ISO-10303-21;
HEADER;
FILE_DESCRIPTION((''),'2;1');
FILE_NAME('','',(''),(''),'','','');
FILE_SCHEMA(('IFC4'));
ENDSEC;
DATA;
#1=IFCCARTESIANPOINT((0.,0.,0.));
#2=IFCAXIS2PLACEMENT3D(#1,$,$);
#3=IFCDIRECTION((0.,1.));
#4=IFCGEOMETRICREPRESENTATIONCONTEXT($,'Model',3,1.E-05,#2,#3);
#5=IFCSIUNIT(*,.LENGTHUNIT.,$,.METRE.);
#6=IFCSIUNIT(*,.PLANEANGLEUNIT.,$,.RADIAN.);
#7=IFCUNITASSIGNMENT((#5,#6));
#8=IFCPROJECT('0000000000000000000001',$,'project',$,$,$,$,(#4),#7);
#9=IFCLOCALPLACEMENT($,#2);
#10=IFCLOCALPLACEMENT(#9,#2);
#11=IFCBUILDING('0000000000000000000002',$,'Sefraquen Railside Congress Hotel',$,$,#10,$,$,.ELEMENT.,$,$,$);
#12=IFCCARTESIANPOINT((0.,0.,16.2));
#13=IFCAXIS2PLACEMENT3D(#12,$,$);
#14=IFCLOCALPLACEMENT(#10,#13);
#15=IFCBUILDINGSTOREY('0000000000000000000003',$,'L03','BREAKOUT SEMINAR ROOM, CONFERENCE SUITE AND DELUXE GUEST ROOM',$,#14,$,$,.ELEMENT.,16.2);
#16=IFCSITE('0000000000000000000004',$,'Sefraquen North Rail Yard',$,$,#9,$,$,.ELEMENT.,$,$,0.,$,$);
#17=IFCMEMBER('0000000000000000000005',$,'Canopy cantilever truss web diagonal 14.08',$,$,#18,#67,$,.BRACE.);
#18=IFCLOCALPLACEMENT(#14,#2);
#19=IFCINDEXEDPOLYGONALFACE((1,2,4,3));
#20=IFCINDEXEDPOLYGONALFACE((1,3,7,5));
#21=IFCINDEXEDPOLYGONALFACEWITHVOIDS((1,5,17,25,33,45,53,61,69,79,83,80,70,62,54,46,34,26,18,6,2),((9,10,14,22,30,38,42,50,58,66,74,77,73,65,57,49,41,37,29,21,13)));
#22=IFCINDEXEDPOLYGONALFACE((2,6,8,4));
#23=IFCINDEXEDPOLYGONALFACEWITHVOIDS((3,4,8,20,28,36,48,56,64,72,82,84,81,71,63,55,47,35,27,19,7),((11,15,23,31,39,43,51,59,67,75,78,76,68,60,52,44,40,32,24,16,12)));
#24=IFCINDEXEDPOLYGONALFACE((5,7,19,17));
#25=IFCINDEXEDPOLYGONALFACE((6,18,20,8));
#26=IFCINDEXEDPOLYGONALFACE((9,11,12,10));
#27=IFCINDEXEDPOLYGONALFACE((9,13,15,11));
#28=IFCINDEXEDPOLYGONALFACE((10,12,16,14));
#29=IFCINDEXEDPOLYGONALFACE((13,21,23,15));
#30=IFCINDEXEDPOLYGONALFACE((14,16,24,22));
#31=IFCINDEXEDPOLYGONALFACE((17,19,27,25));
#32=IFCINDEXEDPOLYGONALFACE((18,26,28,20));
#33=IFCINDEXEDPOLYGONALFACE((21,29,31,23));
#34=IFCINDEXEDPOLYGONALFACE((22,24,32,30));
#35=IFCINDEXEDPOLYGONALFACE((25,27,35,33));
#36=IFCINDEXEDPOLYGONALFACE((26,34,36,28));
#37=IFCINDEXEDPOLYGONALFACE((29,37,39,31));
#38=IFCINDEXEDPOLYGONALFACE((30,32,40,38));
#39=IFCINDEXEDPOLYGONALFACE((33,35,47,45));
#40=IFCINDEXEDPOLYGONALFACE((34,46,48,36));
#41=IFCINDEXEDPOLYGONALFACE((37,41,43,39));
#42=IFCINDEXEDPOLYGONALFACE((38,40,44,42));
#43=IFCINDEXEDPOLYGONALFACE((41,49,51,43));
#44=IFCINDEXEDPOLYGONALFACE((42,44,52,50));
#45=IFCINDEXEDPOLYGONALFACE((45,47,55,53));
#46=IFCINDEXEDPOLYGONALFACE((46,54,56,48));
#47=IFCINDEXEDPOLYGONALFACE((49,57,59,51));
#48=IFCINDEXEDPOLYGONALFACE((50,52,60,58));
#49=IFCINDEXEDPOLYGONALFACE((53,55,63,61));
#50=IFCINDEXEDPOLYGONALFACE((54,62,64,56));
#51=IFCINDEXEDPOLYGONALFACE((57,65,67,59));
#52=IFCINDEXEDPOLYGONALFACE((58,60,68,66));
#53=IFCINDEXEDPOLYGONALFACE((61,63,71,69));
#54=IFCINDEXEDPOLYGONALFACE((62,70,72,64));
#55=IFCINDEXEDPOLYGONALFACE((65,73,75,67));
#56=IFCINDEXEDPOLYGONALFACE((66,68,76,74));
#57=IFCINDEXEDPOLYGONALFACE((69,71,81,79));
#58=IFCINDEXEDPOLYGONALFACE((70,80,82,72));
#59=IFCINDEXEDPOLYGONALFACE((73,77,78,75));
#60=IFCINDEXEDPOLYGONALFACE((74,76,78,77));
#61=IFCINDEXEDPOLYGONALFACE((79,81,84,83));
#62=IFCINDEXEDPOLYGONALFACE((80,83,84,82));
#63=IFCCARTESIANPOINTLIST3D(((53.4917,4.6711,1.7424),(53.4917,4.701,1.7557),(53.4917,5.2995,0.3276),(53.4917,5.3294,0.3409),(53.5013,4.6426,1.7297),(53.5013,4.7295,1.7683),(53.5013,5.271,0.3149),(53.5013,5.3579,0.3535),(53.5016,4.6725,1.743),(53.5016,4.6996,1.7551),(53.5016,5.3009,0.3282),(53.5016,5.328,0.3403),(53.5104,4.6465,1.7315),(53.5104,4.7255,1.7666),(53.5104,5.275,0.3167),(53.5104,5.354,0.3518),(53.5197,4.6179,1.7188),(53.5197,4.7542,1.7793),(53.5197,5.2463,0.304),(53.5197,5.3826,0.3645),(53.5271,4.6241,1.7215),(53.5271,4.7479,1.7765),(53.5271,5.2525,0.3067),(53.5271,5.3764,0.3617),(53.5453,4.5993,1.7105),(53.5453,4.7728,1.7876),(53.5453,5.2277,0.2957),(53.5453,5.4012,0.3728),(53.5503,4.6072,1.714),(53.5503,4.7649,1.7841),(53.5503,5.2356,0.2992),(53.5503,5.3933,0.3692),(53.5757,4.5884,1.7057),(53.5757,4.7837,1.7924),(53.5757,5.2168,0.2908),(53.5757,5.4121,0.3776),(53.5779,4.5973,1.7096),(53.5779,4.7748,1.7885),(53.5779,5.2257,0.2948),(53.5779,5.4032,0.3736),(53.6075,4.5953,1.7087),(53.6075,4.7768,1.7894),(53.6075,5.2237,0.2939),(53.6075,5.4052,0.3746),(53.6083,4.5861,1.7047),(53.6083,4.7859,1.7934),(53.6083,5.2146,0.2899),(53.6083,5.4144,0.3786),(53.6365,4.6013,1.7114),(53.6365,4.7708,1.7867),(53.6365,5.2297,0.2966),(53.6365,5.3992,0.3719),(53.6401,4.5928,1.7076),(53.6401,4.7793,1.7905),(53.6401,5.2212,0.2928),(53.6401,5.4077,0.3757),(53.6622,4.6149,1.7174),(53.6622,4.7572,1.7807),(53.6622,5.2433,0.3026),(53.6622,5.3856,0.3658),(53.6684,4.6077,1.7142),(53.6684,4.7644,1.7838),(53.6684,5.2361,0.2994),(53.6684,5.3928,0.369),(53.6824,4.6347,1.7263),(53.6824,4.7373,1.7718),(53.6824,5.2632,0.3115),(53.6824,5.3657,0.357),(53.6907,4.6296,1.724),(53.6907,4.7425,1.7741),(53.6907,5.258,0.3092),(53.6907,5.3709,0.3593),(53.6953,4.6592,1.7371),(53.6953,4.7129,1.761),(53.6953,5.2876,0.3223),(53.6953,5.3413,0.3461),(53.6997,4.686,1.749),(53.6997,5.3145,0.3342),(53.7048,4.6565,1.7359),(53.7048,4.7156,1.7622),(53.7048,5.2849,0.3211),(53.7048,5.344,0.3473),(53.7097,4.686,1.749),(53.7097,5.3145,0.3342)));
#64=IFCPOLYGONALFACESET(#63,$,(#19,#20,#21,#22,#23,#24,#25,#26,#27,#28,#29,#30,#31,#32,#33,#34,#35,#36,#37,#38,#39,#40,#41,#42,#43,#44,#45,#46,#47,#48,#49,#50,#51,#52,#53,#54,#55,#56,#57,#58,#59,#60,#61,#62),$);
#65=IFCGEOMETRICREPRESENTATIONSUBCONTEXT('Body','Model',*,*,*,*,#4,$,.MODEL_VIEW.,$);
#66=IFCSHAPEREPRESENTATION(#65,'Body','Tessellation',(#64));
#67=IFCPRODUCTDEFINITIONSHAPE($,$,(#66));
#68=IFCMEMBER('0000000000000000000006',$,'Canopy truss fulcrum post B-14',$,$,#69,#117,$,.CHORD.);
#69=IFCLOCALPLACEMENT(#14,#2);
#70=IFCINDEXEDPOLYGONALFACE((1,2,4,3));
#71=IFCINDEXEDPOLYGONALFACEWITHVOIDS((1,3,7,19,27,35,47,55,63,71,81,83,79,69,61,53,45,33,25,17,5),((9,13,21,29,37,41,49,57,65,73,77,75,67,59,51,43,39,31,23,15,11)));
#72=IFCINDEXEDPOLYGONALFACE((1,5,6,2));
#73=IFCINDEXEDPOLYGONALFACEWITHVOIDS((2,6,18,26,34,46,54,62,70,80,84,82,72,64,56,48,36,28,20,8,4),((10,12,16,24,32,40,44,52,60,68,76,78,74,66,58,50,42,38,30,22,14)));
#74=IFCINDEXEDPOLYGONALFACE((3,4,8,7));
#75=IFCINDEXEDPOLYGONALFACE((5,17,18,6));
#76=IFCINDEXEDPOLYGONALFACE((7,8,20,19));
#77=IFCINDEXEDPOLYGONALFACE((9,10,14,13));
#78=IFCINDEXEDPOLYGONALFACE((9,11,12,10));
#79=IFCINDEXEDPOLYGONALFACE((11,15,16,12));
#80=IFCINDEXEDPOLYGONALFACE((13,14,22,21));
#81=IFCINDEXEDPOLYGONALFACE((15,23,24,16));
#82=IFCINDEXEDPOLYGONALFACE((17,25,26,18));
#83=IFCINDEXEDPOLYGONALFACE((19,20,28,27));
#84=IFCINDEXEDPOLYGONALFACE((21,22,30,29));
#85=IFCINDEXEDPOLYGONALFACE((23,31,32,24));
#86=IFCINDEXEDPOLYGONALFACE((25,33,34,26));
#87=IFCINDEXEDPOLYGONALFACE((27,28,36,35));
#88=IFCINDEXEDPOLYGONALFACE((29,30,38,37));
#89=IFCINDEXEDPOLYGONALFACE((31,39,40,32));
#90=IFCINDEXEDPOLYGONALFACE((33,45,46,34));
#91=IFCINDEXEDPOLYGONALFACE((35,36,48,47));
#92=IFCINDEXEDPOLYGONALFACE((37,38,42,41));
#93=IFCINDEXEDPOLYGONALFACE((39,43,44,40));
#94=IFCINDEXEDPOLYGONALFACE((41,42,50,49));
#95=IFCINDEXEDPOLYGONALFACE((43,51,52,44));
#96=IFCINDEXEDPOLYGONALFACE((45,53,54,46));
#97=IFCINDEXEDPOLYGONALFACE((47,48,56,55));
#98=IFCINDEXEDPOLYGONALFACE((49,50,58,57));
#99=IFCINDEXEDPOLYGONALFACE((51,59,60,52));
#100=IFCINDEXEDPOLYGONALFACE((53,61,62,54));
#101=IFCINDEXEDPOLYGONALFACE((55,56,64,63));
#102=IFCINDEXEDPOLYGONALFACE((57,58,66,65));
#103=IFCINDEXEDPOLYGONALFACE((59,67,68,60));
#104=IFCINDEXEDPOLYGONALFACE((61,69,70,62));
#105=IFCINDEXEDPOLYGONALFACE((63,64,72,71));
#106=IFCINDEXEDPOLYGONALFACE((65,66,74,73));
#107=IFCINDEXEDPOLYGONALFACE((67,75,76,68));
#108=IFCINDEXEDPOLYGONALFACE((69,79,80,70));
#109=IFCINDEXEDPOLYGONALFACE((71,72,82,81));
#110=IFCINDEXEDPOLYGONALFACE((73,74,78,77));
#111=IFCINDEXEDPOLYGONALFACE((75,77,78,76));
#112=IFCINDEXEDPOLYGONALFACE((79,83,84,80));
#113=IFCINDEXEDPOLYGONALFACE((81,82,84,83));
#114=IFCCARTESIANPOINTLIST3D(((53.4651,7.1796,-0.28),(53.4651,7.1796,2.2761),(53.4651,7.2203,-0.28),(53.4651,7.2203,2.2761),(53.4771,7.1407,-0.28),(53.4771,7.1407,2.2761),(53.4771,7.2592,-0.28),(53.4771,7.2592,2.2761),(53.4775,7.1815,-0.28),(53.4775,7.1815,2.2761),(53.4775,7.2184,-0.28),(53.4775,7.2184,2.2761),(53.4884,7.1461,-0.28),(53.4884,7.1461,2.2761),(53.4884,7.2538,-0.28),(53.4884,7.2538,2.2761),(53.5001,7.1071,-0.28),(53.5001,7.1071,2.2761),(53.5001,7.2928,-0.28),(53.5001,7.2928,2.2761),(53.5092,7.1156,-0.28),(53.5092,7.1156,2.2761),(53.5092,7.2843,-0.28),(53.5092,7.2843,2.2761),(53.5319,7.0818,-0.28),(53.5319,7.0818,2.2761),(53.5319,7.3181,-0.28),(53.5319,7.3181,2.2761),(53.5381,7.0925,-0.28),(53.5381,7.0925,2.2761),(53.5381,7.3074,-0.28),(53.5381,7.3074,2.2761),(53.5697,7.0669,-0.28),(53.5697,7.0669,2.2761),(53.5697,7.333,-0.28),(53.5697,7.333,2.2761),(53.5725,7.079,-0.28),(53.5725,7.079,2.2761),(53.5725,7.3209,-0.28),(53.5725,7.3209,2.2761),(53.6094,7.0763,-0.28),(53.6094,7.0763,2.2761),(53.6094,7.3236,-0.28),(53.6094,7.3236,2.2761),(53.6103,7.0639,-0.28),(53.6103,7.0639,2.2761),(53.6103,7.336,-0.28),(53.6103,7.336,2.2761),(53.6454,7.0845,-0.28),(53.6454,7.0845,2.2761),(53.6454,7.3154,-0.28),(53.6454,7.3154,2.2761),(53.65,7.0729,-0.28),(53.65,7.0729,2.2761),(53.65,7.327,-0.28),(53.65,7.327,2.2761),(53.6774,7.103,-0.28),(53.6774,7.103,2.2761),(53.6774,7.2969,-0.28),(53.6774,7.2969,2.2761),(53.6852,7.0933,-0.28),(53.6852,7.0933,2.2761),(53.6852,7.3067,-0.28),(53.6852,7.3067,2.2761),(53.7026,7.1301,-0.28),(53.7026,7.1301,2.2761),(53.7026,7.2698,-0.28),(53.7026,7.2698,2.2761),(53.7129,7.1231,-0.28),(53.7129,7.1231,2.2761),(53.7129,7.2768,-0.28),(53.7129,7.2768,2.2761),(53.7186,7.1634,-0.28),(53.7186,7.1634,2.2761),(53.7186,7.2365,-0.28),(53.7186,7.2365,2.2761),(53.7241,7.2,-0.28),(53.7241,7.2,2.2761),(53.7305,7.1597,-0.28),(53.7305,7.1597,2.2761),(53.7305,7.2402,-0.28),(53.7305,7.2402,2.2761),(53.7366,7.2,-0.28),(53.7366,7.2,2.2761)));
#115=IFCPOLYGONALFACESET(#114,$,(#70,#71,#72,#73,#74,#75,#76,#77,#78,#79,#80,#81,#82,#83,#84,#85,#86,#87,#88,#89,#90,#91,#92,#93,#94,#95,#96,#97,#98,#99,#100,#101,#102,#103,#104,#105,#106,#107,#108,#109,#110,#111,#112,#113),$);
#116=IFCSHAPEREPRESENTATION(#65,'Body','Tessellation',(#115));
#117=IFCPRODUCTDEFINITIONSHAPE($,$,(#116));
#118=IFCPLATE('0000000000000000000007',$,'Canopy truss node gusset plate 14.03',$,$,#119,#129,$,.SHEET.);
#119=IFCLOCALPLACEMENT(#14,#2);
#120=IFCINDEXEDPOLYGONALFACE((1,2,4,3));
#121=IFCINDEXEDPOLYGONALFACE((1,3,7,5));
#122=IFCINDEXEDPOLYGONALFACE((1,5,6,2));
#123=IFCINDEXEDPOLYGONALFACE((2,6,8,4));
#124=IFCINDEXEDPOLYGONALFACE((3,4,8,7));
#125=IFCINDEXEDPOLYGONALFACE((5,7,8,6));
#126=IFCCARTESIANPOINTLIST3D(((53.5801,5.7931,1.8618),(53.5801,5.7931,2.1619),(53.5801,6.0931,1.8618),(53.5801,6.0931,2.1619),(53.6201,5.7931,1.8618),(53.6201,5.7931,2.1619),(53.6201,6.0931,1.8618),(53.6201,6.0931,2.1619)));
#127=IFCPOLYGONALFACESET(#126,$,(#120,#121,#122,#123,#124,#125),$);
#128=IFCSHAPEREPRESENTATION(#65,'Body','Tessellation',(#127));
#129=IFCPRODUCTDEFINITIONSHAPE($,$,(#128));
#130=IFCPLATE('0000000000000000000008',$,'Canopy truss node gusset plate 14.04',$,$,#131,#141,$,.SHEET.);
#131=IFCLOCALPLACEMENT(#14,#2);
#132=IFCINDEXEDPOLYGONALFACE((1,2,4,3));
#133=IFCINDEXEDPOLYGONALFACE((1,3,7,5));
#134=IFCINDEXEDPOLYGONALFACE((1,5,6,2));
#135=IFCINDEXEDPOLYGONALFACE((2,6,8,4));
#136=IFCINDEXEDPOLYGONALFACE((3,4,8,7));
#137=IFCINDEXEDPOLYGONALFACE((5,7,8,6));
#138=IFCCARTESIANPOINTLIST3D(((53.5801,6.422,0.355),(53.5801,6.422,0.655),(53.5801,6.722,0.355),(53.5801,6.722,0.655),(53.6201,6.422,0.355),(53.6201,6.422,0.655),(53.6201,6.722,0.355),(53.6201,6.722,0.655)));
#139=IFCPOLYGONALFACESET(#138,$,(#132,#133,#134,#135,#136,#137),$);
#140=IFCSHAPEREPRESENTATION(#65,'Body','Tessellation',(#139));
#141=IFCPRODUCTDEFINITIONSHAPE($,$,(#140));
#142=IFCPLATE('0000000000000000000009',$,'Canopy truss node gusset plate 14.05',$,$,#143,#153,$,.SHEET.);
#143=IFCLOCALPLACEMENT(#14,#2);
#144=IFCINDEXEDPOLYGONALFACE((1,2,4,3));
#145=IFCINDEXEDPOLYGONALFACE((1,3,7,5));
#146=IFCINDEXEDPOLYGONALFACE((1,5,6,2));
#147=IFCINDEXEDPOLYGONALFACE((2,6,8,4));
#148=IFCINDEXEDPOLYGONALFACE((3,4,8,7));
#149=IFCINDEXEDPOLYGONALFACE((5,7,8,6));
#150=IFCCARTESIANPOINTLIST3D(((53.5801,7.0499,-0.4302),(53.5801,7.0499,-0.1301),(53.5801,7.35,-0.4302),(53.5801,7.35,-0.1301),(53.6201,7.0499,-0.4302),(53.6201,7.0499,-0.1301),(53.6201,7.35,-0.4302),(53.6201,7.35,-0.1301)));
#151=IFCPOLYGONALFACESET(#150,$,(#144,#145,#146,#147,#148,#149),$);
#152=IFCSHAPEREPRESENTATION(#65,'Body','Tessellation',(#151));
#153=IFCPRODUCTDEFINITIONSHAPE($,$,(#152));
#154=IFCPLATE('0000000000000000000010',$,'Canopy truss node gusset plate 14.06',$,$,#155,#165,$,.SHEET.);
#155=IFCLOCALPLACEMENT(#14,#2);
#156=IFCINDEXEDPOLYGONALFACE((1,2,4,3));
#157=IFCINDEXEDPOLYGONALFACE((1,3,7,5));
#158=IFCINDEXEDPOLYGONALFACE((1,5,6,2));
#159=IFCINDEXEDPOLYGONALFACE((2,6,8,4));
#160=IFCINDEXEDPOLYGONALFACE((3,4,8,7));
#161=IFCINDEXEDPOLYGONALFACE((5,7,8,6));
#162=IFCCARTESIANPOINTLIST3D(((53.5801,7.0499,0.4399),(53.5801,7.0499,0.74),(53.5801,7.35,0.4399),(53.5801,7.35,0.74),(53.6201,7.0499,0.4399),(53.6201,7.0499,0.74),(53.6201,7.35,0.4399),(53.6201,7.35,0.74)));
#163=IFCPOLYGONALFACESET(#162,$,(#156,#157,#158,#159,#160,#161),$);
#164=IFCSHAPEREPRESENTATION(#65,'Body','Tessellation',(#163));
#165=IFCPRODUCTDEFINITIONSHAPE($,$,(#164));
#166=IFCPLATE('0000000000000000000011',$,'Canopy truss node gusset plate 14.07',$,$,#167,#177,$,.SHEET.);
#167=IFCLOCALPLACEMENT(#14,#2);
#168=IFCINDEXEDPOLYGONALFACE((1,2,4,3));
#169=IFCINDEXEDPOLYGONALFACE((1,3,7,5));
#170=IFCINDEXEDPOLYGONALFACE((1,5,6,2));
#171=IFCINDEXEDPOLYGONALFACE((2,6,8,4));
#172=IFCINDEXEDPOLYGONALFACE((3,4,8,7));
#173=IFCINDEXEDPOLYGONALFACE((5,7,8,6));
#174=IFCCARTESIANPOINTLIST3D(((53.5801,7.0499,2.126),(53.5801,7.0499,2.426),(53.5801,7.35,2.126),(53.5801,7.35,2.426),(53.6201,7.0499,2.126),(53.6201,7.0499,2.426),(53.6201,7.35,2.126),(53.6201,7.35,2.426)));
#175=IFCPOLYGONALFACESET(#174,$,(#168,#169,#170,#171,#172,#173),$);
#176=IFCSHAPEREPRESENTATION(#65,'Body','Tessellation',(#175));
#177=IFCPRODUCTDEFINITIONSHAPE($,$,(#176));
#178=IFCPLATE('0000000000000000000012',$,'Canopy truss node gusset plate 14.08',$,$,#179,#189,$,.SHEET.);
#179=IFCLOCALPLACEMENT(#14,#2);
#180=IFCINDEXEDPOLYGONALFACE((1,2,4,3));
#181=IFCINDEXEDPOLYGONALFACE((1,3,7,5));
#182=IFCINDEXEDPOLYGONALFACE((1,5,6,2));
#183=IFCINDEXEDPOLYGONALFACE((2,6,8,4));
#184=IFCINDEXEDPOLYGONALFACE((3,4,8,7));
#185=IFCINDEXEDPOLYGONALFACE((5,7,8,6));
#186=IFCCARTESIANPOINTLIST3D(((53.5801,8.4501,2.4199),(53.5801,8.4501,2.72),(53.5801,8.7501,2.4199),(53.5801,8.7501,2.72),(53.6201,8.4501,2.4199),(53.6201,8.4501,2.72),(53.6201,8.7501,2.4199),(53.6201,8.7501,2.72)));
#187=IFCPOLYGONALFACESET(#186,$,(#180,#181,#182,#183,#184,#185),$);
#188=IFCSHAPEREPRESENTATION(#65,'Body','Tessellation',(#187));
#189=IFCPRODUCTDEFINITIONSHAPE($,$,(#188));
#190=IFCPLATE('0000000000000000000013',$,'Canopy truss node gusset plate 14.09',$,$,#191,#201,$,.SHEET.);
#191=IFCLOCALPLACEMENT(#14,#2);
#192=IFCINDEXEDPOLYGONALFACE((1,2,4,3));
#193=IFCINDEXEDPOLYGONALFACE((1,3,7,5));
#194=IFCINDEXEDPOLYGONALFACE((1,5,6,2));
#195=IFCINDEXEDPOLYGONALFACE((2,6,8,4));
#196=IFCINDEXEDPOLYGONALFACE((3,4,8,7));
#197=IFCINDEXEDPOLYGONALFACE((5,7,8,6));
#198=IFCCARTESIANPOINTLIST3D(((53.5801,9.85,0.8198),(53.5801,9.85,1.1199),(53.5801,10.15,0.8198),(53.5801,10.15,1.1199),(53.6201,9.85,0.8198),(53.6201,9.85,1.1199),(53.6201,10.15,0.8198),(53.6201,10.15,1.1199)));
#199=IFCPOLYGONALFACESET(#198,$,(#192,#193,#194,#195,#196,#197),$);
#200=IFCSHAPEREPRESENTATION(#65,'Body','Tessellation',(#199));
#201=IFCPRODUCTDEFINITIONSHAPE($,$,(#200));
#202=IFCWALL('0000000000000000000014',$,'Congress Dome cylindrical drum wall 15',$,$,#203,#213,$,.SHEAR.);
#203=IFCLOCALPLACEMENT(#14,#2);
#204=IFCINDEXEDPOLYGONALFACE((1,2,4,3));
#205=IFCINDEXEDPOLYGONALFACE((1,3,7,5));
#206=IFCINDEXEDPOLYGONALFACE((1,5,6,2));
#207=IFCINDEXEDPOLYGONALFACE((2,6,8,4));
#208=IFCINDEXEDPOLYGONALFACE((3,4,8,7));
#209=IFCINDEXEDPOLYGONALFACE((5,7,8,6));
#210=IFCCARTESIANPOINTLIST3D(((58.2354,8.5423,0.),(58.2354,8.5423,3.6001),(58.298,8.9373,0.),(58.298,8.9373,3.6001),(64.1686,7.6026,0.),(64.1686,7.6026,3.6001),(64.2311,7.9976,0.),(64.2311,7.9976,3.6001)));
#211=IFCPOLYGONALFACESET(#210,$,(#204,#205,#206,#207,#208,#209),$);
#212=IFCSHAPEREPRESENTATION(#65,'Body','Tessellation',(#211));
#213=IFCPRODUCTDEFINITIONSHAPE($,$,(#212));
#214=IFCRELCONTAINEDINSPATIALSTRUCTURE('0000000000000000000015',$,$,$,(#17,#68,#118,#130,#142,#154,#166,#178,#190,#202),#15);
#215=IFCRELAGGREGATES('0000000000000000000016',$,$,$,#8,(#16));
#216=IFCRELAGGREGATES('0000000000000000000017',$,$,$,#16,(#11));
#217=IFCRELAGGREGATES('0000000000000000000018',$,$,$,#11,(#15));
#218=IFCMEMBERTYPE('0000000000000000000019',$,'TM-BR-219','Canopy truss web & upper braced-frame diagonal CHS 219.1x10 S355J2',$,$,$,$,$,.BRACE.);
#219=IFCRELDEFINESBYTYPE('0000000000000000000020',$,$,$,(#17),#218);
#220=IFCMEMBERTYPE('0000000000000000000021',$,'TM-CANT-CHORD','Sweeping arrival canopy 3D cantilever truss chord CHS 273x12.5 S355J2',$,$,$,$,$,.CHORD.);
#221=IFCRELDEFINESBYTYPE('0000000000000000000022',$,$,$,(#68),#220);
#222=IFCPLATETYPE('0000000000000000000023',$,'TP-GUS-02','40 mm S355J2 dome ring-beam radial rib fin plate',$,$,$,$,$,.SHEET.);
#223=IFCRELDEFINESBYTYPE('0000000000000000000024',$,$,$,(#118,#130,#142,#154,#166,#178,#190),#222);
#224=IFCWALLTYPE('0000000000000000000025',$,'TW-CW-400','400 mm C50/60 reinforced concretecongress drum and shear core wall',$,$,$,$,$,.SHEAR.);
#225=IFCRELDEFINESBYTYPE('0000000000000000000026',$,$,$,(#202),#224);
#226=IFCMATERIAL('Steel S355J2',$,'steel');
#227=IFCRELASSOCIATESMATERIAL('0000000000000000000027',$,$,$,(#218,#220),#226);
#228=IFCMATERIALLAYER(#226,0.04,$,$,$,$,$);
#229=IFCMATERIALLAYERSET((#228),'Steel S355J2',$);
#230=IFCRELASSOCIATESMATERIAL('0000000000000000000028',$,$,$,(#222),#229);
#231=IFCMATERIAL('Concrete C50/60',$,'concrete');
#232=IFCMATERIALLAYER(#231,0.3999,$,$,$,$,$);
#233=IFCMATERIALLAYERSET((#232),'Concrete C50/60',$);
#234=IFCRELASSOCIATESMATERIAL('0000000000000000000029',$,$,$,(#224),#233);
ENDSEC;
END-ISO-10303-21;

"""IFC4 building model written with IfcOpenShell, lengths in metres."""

from ifc_helpers import new_model, si_unit, direction, frame, frame_2d, origin, origin_2d, place, context, subcontext, project, spatial, rectangle, hollow_circle, extrude, material, layer, layer_set, material_profile, profile_set, type_object, element, save


model = new_model("IFC4")

# Units and contexts
model_context = context("Model", 3, precision=1e-05, world=origin(), true_north=direction((0.0, 1.0)))
body_context = subcontext(model_context, "Body", "Model", "MODEL_VIEW")
ifc_project = project(units=[si_unit("LENGTHUNIT", "METRE"), si_unit("PLANEANGLEUNIT", "RADIAN")], contexts=[model_context])

# Site, building, storey
site_placement = place(None, origin())
site = spatial("IfcSite", under=ifc_project, at=site_placement, Name="Sefraquen North Rail Yard", CompositionType="ELEMENT", RefElevation=0.0)
building_placement = place(site_placement, origin())
building = spatial("IfcBuilding", under=site, at=building_placement, Name="Sefraquen Railside Congress Hotel", CompositionType="ELEMENT")
storey_placement = place(building_placement, frame((0.0, 0.0, 16.2)))
storey = spatial("IfcBuildingStorey", under=building, at=storey_placement, Name="L03", Description="BREAKOUT SEMINAR ROOM, CONFERENCE SUITE AND DELUXE GUEST ROOM", CompositionType="ELEMENT", Elevation=16.2)

# Members
ifc_material_1 = material(Name="Steel S355J2", Category="steel")
ifc_material_profile_1 = material_profile(ifc_material_1, hollow_circle(Radius=0.1096, WallThickness=0.01, at=origin_2d()), Name="CHS 219.1x10")
ifc_profile_set_1 = profile_set([ifc_material_profile_1], Name="Steel S355J2")
member_type_1 = type_object("IfcMemberType", Name="TM-BR-219", Description="Canopy truss web & upper braced-frame diagonal CHS 219.1x10 S355J2", PredefinedType="BRACE", material=ifc_profile_set_1)
member_1_placement = place(storey_placement, frame((53.6001, 5.3145, 0.3342), z_axis=(0.0, -0.405934, 0.913903), x_axis=(1.0, 0.0, 0.0)))
element("IfcMember", 1, at=member_1_placement, inside=storey, type_object=member_type_1, Name="Canopy cantilever truss web diagonal 14.08", PredefinedType="BRACE", context=body_context, shape_type="SweptSolid", body=[
    extrude(hollow_circle(Radius=0.1096, WallThickness=0.01, at=origin_2d()), origin(), (0.0, 0.0, 1.0), 1.5481),
])
ifc_material_profile_2 = material_profile(ifc_material_1, hollow_circle(Radius=0.1365, WallThickness=0.0125, at=origin_2d()), Name="CHS 273x12.5")
ifc_profile_set_2 = profile_set([ifc_material_profile_2], Name="Steel S355J2")
member_type_2 = type_object("IfcMemberType", Name="TM-CANT-CHORD", Description="Sweeping arrival canopy 3D cantilever truss chord CHS 273x12.5 S355J2", PredefinedType="CHORD", material=ifc_profile_set_2)
member_2_placement = place(storey_placement, frame((53.6001, 7.2, -0.28), z_axis=(0.0, 0.0, 1.0), x_axis=(1.0, 0.0, 0.0)))
element("IfcMember", 2, at=member_2_placement, inside=storey, type_object=member_type_2, Name="Canopy truss fulcrum post B-14", PredefinedType="CHORD", context=body_context, shape_type="SweptSolid", body=[
    extrude(hollow_circle(Radius=0.1365, WallThickness=0.0125, at=origin_2d()), origin(), (0.0, 0.0, 1.0), 2.5562),
])

# Plates
ifc_layer_1 = layer(ifc_material_1, 0.04)
ifc_layer_set_1 = layer_set([ifc_layer_1], Name="Steel S355J2")
plate_type = type_object("IfcPlateType", Name="TP-GUS-02", Description="40 mm S355J2 dome ring-beam radial rib fin plate", PredefinedType="SHEET", material=ifc_layer_set_1)
for number, where, z_axis, x_axis, name in (
    (3, (53.6001, 5.9431, 1.8618), (0.0, 0.0, 1.0), (1.0, 0.0, 0.0), "Canopy truss node gusset plate 14.03"),
    (4, (53.6001, 6.572, 0.355), (0.0, 0.0, 1.0), (1.0, 0.0, 0.0), "Canopy truss node gusset plate 14.04"),
    (5, (53.6001, 7.2, -0.4302), (0.0, 0.0, 1.0), (1.0, 0.0, 0.0), "Canopy truss node gusset plate 14.05"),
    (6, (53.6001, 7.2, 0.4399), (0.0, 0.0, 1.0), (1.0, 0.0, 0.0), "Canopy truss node gusset plate 14.06"),
    (7, (53.6001, 7.2, 2.126), (0.0, 0.0, 1.0), (1.0, 0.0, 0.0), "Canopy truss node gusset plate 14.07"),
    (8, (53.6001, 8.6001, 2.4199), (0.0, 0.0, 1.0), (1.0, 0.0, 0.0), "Canopy truss node gusset plate 14.08"),
    (9, (53.6001, 10.0, 0.8198), (0.0, 0.0, 1.0), (1.0, 0.0, 0.0), "Canopy truss node gusset plate 14.09"),
):
    element("IfcPlate", number, at=place(storey_placement, frame(where, z_axis=z_axis, x_axis=x_axis)), inside=storey, type_object=plate_type, Name=name, PredefinedType="SHEET", context=body_context, shape_type="SweptSolid", body=[
        extrude(rectangle(XDim=0.04, YDim=0.3, at=origin_2d()), origin(), (0.0, 0.0, 1.0), 0.3),
    ])

# Wall
ifc_material_2 = material(Name="Concrete C50/60", Category="concrete")
ifc_layer_2 = layer(ifc_material_2, 0.3999)
ifc_layer_set_2 = layer_set([ifc_layer_2], Name="Concrete C50/60")
wall_type_1 = type_object("IfcWallType", Name="TW-CW-400", Description="400 mm C50/60 reinforced concretecongress drum and shear core wall", PredefinedType="SHEAR", material=ifc_layer_set_2)
for number, where, z_axis, x_axis, name in (
    (10, (58.2668, 8.7397, 0.0), (0.0, 0.0, 1.0), (0.987689, -0.156432, 0.0), "Congress Dome cylindrical drum wall 15"),
):
    element("IfcWall", number, at=place(storey_placement, frame(where, z_axis=z_axis, x_axis=x_axis)), inside=storey, type_object=wall_type_1, Name=name, PredefinedType="SHEAR", context=body_context, shape_type="SweptSolid", body=[
        extrude(rectangle(XDim=6.0071, YDim=0.3999, at=frame_2d((3.0034, 0.0))), origin(), (0.0, 0.0, 1.0), 3.6001),
    ])

save(model, "model.ifc")
